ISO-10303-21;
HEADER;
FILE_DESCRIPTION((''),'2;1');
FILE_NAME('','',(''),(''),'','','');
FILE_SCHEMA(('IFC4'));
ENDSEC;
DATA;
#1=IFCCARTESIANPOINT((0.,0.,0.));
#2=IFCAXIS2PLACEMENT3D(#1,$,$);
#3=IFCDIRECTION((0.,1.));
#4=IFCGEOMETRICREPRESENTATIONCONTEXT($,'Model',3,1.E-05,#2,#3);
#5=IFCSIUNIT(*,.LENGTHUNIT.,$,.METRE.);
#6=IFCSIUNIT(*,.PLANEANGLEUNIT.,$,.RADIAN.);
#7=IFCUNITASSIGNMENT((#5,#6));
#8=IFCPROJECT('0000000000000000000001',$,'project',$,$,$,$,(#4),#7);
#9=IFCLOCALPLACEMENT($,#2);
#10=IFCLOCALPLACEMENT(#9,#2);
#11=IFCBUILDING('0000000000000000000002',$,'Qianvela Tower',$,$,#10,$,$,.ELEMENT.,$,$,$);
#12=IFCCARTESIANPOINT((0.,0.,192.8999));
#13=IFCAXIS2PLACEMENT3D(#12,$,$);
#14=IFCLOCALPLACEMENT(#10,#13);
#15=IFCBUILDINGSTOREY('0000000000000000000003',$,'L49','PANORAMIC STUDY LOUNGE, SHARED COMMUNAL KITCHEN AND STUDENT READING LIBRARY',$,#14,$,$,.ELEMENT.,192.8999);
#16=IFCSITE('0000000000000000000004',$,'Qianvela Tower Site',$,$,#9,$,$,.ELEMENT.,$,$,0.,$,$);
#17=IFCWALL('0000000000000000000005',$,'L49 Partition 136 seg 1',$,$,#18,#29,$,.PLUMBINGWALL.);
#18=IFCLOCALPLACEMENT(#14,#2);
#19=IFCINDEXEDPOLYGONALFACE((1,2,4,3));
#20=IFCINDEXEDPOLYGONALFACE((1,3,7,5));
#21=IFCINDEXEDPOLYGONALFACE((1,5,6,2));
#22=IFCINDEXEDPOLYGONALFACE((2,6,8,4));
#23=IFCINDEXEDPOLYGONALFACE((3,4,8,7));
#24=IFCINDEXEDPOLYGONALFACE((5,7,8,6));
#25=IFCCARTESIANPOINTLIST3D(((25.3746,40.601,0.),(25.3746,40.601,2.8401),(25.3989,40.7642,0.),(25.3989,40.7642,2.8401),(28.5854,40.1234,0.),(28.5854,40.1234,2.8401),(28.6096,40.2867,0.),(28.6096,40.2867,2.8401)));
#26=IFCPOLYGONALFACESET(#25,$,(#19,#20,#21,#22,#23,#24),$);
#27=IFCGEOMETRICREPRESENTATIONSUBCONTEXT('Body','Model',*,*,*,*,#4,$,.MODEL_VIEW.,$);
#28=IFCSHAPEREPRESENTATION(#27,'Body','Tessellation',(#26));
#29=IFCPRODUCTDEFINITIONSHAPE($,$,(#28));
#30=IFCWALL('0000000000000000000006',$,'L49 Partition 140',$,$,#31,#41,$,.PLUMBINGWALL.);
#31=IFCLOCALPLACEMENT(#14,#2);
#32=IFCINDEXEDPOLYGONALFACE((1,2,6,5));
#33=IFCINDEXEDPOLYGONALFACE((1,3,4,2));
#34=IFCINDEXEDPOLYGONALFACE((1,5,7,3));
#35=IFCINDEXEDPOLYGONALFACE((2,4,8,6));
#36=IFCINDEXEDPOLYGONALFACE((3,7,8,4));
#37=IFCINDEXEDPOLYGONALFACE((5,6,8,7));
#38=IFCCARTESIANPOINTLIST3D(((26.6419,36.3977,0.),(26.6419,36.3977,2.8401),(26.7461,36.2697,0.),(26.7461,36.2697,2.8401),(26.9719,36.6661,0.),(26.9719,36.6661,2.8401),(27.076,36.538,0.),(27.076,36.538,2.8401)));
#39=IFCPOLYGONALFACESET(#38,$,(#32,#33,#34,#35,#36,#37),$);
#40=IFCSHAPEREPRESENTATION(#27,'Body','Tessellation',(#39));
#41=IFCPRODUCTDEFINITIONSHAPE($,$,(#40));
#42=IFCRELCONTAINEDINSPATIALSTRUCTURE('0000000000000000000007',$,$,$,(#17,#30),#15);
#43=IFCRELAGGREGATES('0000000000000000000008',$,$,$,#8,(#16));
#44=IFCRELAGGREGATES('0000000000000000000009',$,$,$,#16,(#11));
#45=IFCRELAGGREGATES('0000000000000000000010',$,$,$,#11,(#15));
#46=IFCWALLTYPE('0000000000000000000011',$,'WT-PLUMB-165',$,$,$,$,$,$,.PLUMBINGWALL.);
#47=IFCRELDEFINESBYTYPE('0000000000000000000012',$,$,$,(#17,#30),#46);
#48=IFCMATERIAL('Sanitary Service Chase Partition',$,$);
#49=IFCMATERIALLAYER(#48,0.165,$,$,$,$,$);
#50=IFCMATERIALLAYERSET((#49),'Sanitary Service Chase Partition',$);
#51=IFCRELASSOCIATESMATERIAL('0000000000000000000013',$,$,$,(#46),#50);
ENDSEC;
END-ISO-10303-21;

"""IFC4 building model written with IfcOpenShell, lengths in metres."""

from ifc_helpers import new_model, si_unit, direction, frame, frame_2d, origin, place, context, subcontext, project, spatial, rectangle, extrude, material, layer, layer_set, type_object, element, save


model = new_model("IFC4")

# Units and contexts
model_context = context("Model", 3, precision=1e-05, world=origin(), true_north=direction((0.0, 1.0)))
body_context = subcontext(model_context, "Body", "Model", "MODEL_VIEW")
ifc_project = project(units=[si_unit("LENGTHUNIT", "METRE"), si_unit("PLANEANGLEUNIT", "RADIAN")], contexts=[model_context])

# Site, building, storey
site_placement = place(None, origin())
site = spatial("IfcSite", under=ifc_project, at=site_placement, Name="Qianvela Tower Site", CompositionType="ELEMENT", RefElevation=0.0)
building_placement = place(site_placement, origin())
building = spatial("IfcBuilding", under=site, at=building_placement, Name="Qianvela Tower", CompositionType="ELEMENT")
storey_placement = place(building_placement, frame((0.0, 0.0, 192.8999)))
storey = spatial("IfcBuildingStorey", under=building, at=storey_placement, Name="L49", Description="PANORAMIC STUDY LOUNGE, SHARED COMMUNAL KITCHEN AND STUDENT READING LIBRARY", CompositionType="ELEMENT", Elevation=192.8999)

# Walls
ifc_material_1 = material(Name="Sanitary Service Chase Partition")
ifc_layer_1 = layer(ifc_material_1, 0.165)
ifc_layer_set_1 = layer_set([ifc_layer_1], Name="Sanitary Service Chase Partition")
wall_type_1 = type_object("IfcWallType", Name="WT-PLUMB-165", PredefinedType="PLUMBINGWALL", material=ifc_layer_set_1)
wall_1_placement = place(storey_placement, frame((25.3867, 40.6826, 0.0), z_axis=(0.0, 0.0, 1.0), x_axis=(0.989119, -0.147116, 0.0)))
element("IfcWall", 1, at=wall_1_placement, inside=storey, type_object=wall_type_1, Name="L49 Partition 136 seg 1", PredefinedType="PLUMBINGWALL", context=body_context, shape_type="SweptSolid", body=[
    extrude(rectangle(XDim=3.2461, YDim=0.165, at=frame_2d((1.623, 0.0))), origin(), (0.0, 0.0, 1.0), 2.8401),
])
wall_2_placement = place(storey_placement, frame((27.0239, 36.6021, 0.0), z_axis=(0.0, 0.0, 1.0), x_axis=(-0.775745, -0.631046, 0.0)))
element("IfcWall", 2, at=wall_2_placement, inside=storey, type_object=wall_type_1, Name="L49 Partition 140", PredefinedType="PLUMBINGWALL", context=body_context, shape_type="SweptSolid", body=[
    extrude(rectangle(XDim=0.4253, YDim=0.165, at=frame_2d((0.2126, 0.0))), origin(), (0.0, 0.0, 1.0), 2.8401),
])

save(model, "model.ifc")
